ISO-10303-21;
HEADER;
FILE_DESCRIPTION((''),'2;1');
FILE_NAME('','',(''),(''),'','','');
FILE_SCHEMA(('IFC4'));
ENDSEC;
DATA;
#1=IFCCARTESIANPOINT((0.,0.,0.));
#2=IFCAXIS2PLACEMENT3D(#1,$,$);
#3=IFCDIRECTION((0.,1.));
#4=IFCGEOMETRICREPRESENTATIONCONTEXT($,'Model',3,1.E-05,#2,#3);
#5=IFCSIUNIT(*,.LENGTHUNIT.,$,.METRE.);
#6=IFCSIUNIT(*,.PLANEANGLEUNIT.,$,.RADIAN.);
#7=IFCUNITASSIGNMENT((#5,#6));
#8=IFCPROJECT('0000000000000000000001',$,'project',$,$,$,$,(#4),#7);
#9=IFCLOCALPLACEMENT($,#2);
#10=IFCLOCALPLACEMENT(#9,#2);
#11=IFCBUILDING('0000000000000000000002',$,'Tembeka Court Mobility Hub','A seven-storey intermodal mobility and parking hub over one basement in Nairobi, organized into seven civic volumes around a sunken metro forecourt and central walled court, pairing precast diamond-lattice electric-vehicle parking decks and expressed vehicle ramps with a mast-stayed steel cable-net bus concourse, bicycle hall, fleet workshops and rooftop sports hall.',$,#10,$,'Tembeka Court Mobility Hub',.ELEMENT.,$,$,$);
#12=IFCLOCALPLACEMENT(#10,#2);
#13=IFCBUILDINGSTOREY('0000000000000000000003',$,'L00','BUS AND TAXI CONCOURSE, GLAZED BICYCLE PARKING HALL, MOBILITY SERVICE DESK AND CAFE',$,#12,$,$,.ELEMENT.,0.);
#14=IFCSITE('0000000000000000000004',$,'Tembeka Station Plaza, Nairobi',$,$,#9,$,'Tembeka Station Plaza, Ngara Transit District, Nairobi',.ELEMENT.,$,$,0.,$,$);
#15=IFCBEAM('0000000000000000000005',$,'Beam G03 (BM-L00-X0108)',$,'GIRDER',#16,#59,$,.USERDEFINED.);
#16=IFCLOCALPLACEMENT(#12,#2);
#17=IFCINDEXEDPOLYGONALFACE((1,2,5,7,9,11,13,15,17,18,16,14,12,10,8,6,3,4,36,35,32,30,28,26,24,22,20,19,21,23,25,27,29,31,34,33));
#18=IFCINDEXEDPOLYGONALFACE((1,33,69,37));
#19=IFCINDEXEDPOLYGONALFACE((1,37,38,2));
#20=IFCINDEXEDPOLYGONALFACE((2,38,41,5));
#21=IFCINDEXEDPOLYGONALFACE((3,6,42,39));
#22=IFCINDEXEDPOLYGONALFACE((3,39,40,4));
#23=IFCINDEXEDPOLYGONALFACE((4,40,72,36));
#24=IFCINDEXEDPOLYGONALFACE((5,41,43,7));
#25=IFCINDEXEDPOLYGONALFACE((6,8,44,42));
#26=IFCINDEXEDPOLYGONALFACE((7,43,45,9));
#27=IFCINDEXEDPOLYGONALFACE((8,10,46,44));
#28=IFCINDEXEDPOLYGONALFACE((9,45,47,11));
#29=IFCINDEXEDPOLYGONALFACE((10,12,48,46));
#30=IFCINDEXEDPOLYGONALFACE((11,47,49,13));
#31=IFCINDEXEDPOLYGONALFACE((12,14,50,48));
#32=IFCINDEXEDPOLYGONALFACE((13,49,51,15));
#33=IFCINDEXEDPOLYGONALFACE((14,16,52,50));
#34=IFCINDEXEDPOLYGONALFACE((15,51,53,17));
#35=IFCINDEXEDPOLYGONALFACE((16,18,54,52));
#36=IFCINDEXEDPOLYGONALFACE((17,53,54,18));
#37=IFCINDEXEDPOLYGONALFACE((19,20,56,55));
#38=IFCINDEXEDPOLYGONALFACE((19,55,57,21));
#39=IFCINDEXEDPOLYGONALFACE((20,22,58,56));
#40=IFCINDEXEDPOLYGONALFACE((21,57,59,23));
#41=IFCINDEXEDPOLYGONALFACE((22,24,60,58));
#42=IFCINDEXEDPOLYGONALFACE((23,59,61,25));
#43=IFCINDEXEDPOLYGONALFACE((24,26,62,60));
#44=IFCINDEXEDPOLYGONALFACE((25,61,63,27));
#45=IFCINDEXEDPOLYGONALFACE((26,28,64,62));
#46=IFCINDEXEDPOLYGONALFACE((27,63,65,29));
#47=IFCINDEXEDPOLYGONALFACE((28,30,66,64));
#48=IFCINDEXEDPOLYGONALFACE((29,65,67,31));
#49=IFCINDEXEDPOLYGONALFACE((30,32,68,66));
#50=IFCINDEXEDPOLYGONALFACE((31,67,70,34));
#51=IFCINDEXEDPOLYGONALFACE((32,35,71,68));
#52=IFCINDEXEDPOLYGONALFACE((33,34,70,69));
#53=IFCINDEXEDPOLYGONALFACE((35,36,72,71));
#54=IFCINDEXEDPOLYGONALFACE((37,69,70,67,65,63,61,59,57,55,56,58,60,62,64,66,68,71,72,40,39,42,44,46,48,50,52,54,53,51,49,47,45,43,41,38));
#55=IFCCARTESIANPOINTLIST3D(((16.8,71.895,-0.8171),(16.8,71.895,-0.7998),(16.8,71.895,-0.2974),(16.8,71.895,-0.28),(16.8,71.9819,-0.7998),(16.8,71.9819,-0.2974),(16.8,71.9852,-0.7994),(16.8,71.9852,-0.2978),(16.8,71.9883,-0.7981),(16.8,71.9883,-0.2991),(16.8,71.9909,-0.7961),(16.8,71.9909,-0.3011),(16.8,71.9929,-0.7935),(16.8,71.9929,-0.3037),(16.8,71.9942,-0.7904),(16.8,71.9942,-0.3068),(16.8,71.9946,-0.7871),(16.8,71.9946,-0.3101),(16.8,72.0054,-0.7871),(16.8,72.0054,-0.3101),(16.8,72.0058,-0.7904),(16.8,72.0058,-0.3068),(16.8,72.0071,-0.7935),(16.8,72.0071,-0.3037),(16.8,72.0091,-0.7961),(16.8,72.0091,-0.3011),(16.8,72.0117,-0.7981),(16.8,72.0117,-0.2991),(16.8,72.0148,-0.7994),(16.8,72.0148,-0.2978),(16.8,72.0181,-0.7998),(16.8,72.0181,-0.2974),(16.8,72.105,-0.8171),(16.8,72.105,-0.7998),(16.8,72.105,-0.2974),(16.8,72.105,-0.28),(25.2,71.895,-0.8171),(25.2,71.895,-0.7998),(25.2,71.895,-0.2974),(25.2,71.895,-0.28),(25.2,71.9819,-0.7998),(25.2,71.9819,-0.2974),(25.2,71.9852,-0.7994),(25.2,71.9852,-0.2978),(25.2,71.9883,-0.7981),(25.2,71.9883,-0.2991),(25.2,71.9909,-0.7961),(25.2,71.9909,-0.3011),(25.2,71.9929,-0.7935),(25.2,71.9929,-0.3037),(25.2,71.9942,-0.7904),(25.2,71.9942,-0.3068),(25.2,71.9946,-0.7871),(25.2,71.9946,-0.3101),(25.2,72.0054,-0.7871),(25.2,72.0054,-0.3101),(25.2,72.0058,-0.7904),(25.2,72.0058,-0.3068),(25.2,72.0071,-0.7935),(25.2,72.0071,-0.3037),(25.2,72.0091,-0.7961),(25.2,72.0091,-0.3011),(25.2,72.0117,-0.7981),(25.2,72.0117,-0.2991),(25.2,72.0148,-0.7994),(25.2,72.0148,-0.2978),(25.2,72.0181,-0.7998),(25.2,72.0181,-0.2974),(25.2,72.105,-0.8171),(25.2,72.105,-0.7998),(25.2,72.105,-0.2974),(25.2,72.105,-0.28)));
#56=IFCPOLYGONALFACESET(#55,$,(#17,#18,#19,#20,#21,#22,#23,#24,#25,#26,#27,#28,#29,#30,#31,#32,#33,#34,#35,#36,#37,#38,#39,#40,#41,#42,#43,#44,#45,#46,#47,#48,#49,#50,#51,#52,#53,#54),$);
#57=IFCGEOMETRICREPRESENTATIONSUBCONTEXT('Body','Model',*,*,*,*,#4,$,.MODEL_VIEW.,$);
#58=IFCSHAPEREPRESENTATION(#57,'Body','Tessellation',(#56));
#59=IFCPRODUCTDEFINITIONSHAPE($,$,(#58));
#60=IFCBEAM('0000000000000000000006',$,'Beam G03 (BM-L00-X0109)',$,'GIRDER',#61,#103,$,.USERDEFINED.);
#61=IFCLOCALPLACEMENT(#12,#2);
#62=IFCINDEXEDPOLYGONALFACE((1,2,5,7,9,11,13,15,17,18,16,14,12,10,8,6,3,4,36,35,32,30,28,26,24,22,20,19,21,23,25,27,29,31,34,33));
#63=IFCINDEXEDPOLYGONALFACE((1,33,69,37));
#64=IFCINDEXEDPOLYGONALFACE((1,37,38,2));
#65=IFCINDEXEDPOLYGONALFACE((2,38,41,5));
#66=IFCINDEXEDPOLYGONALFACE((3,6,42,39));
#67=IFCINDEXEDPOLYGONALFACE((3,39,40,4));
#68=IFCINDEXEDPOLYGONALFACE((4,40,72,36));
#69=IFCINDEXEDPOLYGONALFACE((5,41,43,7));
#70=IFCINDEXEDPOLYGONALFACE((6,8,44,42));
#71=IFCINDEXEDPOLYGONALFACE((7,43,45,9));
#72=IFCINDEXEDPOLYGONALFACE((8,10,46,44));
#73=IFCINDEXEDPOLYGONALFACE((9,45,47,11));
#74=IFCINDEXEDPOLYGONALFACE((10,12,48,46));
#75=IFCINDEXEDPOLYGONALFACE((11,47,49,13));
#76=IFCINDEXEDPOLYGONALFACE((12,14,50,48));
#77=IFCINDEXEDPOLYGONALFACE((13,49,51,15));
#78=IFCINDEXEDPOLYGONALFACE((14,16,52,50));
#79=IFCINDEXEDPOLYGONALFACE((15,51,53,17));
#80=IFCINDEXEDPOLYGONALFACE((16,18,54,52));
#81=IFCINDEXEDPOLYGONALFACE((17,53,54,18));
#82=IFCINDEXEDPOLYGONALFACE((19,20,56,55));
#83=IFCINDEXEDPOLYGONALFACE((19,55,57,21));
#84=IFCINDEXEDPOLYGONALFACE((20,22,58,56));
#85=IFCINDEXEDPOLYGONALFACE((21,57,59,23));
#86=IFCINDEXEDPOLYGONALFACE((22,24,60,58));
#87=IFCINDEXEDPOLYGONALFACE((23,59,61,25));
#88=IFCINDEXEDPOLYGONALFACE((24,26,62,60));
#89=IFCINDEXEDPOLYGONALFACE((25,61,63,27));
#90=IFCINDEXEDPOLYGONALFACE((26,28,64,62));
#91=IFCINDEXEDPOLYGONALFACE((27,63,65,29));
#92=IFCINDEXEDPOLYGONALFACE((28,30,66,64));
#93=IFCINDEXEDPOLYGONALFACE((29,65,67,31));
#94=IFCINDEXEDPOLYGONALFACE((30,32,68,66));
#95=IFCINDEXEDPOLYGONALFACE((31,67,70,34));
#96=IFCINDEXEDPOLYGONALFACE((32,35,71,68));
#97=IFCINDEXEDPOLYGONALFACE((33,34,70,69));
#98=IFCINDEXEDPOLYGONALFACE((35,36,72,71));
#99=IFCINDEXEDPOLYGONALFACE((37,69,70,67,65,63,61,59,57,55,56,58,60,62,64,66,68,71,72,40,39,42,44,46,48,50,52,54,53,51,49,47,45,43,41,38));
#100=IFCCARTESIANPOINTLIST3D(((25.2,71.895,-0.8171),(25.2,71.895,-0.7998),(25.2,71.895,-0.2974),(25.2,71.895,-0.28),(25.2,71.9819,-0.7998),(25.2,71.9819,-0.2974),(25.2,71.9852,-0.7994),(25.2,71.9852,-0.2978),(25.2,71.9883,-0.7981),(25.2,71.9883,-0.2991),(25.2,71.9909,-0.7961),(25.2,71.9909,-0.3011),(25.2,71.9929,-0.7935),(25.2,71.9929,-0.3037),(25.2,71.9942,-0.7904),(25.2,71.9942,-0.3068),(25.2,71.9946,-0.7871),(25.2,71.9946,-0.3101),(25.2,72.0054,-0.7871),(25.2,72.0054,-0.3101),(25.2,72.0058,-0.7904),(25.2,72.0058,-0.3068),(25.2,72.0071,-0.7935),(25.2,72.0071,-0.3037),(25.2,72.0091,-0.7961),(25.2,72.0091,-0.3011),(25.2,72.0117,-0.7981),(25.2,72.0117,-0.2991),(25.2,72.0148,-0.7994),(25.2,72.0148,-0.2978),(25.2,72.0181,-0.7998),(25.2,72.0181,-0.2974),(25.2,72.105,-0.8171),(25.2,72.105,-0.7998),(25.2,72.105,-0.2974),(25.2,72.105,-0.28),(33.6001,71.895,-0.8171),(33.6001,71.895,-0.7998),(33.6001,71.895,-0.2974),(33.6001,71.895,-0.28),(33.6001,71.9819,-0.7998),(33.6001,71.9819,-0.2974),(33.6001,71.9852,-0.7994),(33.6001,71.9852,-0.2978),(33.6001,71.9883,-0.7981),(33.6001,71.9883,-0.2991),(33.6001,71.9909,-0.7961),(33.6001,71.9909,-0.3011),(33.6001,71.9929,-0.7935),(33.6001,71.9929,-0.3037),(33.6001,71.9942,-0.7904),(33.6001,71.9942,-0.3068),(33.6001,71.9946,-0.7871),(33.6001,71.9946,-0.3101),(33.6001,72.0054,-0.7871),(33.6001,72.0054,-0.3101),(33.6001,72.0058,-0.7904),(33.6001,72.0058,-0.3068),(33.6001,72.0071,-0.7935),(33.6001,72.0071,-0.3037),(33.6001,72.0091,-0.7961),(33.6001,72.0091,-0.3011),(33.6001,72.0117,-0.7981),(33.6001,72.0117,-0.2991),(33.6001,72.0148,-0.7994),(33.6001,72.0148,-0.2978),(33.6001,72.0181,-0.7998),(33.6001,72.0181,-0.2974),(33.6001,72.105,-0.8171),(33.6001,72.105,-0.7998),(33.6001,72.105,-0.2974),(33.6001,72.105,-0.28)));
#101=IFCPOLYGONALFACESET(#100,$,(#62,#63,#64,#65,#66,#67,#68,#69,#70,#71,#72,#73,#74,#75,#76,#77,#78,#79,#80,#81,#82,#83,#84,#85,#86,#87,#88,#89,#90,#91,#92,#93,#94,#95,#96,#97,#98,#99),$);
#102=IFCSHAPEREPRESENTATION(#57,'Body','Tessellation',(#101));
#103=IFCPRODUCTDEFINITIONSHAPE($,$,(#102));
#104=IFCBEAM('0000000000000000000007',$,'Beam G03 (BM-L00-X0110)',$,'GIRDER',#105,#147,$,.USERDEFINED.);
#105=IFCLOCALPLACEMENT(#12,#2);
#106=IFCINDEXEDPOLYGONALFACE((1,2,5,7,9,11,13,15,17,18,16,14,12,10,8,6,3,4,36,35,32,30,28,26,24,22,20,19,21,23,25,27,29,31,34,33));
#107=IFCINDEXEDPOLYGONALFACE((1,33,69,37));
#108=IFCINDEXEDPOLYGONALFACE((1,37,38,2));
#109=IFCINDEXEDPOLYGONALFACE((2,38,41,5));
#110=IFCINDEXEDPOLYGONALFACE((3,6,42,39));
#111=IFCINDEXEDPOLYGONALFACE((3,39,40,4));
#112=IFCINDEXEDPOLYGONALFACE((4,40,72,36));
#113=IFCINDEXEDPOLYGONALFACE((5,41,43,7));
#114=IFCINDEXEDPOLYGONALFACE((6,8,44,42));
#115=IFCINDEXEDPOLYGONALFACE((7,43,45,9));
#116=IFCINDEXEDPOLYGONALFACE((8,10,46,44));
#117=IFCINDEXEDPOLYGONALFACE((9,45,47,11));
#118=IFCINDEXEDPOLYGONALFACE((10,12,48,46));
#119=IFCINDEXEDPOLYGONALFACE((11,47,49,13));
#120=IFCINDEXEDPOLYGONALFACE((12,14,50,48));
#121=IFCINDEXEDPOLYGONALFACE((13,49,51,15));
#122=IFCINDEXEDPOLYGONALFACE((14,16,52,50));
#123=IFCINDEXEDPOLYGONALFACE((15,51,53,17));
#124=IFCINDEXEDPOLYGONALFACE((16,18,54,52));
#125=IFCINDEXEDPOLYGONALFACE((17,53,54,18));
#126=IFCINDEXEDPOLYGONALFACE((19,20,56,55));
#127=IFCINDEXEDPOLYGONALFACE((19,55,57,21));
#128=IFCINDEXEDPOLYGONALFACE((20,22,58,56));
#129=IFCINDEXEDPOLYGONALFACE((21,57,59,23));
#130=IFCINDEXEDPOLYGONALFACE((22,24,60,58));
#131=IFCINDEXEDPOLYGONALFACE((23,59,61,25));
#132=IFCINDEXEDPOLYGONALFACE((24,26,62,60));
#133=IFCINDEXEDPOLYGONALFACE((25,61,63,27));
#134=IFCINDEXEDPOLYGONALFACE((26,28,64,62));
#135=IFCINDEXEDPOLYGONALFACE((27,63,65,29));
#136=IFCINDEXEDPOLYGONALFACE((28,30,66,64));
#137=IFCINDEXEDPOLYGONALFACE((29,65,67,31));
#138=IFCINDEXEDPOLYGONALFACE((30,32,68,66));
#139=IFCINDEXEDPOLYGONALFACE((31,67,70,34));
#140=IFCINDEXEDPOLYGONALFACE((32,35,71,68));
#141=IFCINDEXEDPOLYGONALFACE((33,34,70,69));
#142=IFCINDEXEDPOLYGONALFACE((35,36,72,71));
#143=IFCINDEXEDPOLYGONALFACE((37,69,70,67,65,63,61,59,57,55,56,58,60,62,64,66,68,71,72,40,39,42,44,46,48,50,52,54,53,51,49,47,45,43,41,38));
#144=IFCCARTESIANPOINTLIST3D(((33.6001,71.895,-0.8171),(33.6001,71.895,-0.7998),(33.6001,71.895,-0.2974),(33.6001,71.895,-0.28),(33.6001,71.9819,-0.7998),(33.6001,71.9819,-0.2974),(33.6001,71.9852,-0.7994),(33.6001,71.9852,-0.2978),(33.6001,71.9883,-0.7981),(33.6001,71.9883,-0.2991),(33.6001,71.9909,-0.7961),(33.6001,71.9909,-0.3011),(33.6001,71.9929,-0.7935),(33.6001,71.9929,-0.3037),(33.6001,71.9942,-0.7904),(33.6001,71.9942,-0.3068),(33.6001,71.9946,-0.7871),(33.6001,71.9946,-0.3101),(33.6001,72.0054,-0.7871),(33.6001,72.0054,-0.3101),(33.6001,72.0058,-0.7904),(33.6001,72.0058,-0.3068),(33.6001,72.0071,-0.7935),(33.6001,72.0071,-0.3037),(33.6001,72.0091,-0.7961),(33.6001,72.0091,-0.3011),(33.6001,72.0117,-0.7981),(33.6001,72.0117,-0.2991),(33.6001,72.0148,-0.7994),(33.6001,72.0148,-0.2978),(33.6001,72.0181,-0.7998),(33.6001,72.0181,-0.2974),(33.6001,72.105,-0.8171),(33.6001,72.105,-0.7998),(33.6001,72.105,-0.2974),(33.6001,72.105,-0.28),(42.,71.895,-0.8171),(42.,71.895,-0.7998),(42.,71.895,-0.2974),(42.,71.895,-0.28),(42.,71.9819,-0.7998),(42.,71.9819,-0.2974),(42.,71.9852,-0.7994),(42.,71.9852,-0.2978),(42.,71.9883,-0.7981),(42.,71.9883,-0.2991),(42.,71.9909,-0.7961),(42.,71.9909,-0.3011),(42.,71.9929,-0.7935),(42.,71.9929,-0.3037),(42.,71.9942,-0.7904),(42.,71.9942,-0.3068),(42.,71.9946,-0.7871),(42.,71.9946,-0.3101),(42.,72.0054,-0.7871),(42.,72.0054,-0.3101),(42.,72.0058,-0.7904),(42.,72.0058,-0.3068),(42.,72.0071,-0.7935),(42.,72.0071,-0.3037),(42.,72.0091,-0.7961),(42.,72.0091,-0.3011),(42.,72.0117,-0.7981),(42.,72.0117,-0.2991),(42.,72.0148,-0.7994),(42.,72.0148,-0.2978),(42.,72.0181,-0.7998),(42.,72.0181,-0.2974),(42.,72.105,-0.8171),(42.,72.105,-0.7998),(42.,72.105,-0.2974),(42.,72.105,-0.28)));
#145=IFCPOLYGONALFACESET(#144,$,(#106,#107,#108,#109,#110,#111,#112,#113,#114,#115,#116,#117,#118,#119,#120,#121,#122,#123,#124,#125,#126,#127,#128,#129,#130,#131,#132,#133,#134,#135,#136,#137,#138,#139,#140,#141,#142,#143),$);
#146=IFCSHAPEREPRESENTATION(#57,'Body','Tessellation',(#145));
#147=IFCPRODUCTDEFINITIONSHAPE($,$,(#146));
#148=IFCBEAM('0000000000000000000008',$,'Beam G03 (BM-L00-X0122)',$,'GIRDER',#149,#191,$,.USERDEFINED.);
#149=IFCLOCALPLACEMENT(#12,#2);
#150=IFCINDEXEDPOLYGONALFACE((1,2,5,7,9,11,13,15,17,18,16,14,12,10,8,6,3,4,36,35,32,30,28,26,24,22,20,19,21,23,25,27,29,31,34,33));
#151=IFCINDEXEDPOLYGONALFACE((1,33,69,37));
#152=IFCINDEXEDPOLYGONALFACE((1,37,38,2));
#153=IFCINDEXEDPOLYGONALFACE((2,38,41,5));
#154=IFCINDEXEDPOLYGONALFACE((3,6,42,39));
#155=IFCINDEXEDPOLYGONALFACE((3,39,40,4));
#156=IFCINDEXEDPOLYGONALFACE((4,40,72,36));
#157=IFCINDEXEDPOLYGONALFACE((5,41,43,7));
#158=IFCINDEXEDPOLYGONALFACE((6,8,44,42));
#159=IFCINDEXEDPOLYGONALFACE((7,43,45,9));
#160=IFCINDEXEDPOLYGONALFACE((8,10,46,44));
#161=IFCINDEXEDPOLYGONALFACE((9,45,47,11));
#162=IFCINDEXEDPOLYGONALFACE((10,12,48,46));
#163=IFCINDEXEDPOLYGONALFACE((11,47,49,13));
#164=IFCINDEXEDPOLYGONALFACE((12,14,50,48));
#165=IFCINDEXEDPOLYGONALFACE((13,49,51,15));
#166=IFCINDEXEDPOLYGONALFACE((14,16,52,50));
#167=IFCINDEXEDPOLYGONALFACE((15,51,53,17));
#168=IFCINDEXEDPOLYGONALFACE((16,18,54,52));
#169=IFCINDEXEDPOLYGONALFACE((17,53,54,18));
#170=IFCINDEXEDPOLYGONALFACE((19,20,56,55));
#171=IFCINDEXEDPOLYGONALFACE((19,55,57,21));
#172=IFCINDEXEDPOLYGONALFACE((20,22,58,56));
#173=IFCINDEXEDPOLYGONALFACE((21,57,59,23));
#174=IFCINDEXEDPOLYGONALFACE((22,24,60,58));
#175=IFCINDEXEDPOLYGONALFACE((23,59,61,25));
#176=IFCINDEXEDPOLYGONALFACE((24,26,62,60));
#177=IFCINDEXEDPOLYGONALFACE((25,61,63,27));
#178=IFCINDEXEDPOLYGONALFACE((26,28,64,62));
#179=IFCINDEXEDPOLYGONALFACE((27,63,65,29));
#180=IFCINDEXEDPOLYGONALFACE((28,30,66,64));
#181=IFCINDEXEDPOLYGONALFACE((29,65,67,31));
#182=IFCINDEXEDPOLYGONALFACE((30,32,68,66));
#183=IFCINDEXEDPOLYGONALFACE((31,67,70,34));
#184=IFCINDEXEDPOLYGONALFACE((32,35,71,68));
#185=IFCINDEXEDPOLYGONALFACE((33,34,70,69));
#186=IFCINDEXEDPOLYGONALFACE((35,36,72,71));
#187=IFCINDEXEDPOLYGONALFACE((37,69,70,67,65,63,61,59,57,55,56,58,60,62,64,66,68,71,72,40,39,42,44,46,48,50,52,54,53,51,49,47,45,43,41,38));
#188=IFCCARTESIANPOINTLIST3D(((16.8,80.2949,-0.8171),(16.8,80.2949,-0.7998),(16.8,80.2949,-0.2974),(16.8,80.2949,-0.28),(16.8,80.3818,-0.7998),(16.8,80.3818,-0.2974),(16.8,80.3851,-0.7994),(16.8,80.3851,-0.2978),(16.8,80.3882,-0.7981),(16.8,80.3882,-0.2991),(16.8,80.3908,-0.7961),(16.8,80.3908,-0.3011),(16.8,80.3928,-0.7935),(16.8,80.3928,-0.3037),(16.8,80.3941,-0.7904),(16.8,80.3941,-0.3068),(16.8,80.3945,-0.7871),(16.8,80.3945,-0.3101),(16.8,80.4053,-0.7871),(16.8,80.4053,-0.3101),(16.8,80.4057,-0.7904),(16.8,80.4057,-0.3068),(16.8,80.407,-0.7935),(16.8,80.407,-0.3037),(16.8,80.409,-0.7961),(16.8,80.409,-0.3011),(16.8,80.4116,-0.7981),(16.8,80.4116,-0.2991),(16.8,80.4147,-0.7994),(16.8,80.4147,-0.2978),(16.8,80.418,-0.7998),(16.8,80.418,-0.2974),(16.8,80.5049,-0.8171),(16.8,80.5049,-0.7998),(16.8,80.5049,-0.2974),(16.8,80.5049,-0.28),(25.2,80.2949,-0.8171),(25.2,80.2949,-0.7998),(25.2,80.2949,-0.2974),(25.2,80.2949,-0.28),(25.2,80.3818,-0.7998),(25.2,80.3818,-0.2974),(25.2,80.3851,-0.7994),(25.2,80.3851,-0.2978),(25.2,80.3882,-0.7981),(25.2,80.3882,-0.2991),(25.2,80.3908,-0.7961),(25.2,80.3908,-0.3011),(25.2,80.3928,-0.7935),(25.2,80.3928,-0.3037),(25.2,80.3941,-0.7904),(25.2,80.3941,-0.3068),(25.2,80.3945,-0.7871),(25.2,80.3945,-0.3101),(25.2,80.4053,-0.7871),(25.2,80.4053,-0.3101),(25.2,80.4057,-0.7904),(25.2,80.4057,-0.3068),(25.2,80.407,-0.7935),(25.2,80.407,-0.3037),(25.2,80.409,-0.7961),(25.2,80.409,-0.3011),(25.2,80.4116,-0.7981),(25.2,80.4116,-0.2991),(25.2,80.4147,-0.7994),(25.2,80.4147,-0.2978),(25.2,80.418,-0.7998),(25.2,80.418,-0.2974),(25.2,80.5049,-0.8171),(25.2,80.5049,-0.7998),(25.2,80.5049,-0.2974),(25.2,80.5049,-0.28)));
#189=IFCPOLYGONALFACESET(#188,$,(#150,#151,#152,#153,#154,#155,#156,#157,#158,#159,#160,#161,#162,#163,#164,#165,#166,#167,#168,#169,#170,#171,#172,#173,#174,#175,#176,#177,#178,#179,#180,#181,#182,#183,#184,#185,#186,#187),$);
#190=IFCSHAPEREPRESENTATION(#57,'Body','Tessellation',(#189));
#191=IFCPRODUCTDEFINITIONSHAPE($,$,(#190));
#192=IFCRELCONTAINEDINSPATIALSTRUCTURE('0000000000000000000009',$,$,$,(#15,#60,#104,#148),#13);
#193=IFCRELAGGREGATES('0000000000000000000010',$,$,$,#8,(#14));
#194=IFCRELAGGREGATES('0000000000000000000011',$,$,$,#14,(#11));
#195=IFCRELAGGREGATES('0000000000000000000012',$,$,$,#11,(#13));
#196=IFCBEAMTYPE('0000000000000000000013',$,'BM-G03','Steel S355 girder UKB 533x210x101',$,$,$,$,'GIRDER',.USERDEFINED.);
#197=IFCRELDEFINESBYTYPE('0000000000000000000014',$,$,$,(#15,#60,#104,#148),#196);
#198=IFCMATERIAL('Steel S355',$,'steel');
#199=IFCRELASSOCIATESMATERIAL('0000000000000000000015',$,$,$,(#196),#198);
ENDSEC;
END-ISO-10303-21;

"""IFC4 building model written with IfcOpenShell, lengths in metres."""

from ifc_helpers import new_model, si_unit, direction, frame, origin, origin_2d, place, context, subcontext, project, spatial, i_section, extrude, material, material_profile, profile_set, type_object, element, save


model = new_model("IFC4")

# Units and contexts
model_context = context("Model", 3, precision=1e-05, world=origin(), true_north=direction((0.0, 1.0)))
body_context = subcontext(model_context, "Body", "Model", "MODEL_VIEW")
ifc_project = project(units=[si_unit("LENGTHUNIT", "METRE"), si_unit("PLANEANGLEUNIT", "RADIAN")], contexts=[model_context])

# Site, building, storey
site_placement = place(None, origin())
site = spatial("IfcSite", under=ifc_project, at=site_placement, Name="Tembeka Station Plaza, Nairobi", LongName="Tembeka Station Plaza, Ngara Transit District, Nairobi", CompositionType="ELEMENT", RefElevation=0.0)
building_placement = place(site_placement, origin())
building = spatial("IfcBuilding", under=site, at=building_placement, Name="Tembeka Court Mobility Hub", Description="A seven-storey intermodal mobility and parking hub over one basement in Nairobi, organized into seven civic volumes around a sunken metro forecourt and central walled court, pairing precast diamond-lattice electric-vehicle parking decks and expressed vehicle ramps with a mast-stayed steel cable-net bus concourse, bicycle hall, fleet workshops and rooftop sports hall.", LongName="Tembeka Court Mobility Hub", CompositionType="ELEMENT")
storey_placement = place(building_placement, origin())
storey = spatial("IfcBuildingStorey", under=building, at=storey_placement, Name="L00", Description="BUS AND TAXI CONCOURSE, GLAZED BICYCLE PARKING HALL, MOBILITY SERVICE DESK AND CAFE", CompositionType="ELEMENT", Elevation=0.0)

# Shared definitions
ifc_material = material(Name="Steel S355", Category="steel")

# Beams
ifc_material_profile_1 = material_profile(ifc_material, i_section(OverallWidth=0.21, OverallDepth=0.5371, WebThickness=0.0107, FlangeThickness=0.0173, FilletRadius=0.0127, at=origin_2d()), Name="UKB 533x210x101")
ifc_profile_set_1 = profile_set([ifc_material_profile_1], Name="Steel S355")
beam_type_1 = type_object("IfcBeamType", Name="BM-G03", Description="Steel S355 girder UKB 533x210x101", ElementType="GIRDER", PredefinedType="USERDEFINED", material=ifc_profile_set_1)
beam_1_placement = place(storey_placement, frame((16.8, 72.0, -0.5486), z_axis=(1.0, 0.0, 0.0), x_axis=(0.0, 1.0, 0.0)))
element("IfcBeam", 1, at=beam_1_placement, inside=storey, type_object=beam_type_1, Name="Beam G03 (BM-L00-X0108)", ObjectType="GIRDER", PredefinedType="USERDEFINED", context=body_context, shape_type="SweptSolid", body=[
    extrude(i_section(OverallWidth=0.21, OverallDepth=0.5371, WebThickness=0.0107, FlangeThickness=0.0173, FilletRadius=0.0127, at=origin_2d()), origin(), (0.0, 0.0, 1.0), 8.3999),
])
beam_2_placement = place(storey_placement, frame((25.2, 72.0, -0.5486), z_axis=(1.0, 0.0, 0.0), x_axis=(0.0, 1.0, 0.0)))
element("IfcBeam", 2, at=beam_2_placement, inside=storey, type_object=beam_type_1, Name="Beam G03 (BM-L00-X0109)", ObjectType="GIRDER", PredefinedType="USERDEFINED", context=body_context, shape_type="SweptSolid", body=[
    extrude(i_section(OverallWidth=0.21, OverallDepth=0.5371, WebThickness=0.0107, FlangeThickness=0.0173, FilletRadius=0.0127, at=origin_2d()), origin(), (0.0, 0.0, 1.0), 8.4001),
])
for number, where, z_axis, x_axis, name in (
    (3, (33.6001, 72.0, -0.5486), (1.0, 0.0, 0.0), (0.0, 1.0, 0.0), "Beam G03 (BM-L00-X0110)"),
    (4, (16.8, 80.3999, -0.5486), (1.0, 0.0, 0.0), (0.0, 1.0, 0.0), "Beam G03 (BM-L00-X0122)"),
):
    element("IfcBeam", number, at=place(storey_placement, frame(where, z_axis=z_axis, x_axis=x_axis)), inside=storey, type_object=beam_type_1, Name=name, ObjectType="GIRDER", PredefinedType="USERDEFINED", context=body_context, shape_type="SweptSolid", body=[
        extrude(i_section(OverallWidth=0.21, OverallDepth=0.5371, WebThickness=0.0107, FlangeThickness=0.0173, FilletRadius=0.0127, at=origin_2d()), origin(), (0.0, 0.0, 1.0), 8.3999),
    ])

save(model, "model.ifc")
